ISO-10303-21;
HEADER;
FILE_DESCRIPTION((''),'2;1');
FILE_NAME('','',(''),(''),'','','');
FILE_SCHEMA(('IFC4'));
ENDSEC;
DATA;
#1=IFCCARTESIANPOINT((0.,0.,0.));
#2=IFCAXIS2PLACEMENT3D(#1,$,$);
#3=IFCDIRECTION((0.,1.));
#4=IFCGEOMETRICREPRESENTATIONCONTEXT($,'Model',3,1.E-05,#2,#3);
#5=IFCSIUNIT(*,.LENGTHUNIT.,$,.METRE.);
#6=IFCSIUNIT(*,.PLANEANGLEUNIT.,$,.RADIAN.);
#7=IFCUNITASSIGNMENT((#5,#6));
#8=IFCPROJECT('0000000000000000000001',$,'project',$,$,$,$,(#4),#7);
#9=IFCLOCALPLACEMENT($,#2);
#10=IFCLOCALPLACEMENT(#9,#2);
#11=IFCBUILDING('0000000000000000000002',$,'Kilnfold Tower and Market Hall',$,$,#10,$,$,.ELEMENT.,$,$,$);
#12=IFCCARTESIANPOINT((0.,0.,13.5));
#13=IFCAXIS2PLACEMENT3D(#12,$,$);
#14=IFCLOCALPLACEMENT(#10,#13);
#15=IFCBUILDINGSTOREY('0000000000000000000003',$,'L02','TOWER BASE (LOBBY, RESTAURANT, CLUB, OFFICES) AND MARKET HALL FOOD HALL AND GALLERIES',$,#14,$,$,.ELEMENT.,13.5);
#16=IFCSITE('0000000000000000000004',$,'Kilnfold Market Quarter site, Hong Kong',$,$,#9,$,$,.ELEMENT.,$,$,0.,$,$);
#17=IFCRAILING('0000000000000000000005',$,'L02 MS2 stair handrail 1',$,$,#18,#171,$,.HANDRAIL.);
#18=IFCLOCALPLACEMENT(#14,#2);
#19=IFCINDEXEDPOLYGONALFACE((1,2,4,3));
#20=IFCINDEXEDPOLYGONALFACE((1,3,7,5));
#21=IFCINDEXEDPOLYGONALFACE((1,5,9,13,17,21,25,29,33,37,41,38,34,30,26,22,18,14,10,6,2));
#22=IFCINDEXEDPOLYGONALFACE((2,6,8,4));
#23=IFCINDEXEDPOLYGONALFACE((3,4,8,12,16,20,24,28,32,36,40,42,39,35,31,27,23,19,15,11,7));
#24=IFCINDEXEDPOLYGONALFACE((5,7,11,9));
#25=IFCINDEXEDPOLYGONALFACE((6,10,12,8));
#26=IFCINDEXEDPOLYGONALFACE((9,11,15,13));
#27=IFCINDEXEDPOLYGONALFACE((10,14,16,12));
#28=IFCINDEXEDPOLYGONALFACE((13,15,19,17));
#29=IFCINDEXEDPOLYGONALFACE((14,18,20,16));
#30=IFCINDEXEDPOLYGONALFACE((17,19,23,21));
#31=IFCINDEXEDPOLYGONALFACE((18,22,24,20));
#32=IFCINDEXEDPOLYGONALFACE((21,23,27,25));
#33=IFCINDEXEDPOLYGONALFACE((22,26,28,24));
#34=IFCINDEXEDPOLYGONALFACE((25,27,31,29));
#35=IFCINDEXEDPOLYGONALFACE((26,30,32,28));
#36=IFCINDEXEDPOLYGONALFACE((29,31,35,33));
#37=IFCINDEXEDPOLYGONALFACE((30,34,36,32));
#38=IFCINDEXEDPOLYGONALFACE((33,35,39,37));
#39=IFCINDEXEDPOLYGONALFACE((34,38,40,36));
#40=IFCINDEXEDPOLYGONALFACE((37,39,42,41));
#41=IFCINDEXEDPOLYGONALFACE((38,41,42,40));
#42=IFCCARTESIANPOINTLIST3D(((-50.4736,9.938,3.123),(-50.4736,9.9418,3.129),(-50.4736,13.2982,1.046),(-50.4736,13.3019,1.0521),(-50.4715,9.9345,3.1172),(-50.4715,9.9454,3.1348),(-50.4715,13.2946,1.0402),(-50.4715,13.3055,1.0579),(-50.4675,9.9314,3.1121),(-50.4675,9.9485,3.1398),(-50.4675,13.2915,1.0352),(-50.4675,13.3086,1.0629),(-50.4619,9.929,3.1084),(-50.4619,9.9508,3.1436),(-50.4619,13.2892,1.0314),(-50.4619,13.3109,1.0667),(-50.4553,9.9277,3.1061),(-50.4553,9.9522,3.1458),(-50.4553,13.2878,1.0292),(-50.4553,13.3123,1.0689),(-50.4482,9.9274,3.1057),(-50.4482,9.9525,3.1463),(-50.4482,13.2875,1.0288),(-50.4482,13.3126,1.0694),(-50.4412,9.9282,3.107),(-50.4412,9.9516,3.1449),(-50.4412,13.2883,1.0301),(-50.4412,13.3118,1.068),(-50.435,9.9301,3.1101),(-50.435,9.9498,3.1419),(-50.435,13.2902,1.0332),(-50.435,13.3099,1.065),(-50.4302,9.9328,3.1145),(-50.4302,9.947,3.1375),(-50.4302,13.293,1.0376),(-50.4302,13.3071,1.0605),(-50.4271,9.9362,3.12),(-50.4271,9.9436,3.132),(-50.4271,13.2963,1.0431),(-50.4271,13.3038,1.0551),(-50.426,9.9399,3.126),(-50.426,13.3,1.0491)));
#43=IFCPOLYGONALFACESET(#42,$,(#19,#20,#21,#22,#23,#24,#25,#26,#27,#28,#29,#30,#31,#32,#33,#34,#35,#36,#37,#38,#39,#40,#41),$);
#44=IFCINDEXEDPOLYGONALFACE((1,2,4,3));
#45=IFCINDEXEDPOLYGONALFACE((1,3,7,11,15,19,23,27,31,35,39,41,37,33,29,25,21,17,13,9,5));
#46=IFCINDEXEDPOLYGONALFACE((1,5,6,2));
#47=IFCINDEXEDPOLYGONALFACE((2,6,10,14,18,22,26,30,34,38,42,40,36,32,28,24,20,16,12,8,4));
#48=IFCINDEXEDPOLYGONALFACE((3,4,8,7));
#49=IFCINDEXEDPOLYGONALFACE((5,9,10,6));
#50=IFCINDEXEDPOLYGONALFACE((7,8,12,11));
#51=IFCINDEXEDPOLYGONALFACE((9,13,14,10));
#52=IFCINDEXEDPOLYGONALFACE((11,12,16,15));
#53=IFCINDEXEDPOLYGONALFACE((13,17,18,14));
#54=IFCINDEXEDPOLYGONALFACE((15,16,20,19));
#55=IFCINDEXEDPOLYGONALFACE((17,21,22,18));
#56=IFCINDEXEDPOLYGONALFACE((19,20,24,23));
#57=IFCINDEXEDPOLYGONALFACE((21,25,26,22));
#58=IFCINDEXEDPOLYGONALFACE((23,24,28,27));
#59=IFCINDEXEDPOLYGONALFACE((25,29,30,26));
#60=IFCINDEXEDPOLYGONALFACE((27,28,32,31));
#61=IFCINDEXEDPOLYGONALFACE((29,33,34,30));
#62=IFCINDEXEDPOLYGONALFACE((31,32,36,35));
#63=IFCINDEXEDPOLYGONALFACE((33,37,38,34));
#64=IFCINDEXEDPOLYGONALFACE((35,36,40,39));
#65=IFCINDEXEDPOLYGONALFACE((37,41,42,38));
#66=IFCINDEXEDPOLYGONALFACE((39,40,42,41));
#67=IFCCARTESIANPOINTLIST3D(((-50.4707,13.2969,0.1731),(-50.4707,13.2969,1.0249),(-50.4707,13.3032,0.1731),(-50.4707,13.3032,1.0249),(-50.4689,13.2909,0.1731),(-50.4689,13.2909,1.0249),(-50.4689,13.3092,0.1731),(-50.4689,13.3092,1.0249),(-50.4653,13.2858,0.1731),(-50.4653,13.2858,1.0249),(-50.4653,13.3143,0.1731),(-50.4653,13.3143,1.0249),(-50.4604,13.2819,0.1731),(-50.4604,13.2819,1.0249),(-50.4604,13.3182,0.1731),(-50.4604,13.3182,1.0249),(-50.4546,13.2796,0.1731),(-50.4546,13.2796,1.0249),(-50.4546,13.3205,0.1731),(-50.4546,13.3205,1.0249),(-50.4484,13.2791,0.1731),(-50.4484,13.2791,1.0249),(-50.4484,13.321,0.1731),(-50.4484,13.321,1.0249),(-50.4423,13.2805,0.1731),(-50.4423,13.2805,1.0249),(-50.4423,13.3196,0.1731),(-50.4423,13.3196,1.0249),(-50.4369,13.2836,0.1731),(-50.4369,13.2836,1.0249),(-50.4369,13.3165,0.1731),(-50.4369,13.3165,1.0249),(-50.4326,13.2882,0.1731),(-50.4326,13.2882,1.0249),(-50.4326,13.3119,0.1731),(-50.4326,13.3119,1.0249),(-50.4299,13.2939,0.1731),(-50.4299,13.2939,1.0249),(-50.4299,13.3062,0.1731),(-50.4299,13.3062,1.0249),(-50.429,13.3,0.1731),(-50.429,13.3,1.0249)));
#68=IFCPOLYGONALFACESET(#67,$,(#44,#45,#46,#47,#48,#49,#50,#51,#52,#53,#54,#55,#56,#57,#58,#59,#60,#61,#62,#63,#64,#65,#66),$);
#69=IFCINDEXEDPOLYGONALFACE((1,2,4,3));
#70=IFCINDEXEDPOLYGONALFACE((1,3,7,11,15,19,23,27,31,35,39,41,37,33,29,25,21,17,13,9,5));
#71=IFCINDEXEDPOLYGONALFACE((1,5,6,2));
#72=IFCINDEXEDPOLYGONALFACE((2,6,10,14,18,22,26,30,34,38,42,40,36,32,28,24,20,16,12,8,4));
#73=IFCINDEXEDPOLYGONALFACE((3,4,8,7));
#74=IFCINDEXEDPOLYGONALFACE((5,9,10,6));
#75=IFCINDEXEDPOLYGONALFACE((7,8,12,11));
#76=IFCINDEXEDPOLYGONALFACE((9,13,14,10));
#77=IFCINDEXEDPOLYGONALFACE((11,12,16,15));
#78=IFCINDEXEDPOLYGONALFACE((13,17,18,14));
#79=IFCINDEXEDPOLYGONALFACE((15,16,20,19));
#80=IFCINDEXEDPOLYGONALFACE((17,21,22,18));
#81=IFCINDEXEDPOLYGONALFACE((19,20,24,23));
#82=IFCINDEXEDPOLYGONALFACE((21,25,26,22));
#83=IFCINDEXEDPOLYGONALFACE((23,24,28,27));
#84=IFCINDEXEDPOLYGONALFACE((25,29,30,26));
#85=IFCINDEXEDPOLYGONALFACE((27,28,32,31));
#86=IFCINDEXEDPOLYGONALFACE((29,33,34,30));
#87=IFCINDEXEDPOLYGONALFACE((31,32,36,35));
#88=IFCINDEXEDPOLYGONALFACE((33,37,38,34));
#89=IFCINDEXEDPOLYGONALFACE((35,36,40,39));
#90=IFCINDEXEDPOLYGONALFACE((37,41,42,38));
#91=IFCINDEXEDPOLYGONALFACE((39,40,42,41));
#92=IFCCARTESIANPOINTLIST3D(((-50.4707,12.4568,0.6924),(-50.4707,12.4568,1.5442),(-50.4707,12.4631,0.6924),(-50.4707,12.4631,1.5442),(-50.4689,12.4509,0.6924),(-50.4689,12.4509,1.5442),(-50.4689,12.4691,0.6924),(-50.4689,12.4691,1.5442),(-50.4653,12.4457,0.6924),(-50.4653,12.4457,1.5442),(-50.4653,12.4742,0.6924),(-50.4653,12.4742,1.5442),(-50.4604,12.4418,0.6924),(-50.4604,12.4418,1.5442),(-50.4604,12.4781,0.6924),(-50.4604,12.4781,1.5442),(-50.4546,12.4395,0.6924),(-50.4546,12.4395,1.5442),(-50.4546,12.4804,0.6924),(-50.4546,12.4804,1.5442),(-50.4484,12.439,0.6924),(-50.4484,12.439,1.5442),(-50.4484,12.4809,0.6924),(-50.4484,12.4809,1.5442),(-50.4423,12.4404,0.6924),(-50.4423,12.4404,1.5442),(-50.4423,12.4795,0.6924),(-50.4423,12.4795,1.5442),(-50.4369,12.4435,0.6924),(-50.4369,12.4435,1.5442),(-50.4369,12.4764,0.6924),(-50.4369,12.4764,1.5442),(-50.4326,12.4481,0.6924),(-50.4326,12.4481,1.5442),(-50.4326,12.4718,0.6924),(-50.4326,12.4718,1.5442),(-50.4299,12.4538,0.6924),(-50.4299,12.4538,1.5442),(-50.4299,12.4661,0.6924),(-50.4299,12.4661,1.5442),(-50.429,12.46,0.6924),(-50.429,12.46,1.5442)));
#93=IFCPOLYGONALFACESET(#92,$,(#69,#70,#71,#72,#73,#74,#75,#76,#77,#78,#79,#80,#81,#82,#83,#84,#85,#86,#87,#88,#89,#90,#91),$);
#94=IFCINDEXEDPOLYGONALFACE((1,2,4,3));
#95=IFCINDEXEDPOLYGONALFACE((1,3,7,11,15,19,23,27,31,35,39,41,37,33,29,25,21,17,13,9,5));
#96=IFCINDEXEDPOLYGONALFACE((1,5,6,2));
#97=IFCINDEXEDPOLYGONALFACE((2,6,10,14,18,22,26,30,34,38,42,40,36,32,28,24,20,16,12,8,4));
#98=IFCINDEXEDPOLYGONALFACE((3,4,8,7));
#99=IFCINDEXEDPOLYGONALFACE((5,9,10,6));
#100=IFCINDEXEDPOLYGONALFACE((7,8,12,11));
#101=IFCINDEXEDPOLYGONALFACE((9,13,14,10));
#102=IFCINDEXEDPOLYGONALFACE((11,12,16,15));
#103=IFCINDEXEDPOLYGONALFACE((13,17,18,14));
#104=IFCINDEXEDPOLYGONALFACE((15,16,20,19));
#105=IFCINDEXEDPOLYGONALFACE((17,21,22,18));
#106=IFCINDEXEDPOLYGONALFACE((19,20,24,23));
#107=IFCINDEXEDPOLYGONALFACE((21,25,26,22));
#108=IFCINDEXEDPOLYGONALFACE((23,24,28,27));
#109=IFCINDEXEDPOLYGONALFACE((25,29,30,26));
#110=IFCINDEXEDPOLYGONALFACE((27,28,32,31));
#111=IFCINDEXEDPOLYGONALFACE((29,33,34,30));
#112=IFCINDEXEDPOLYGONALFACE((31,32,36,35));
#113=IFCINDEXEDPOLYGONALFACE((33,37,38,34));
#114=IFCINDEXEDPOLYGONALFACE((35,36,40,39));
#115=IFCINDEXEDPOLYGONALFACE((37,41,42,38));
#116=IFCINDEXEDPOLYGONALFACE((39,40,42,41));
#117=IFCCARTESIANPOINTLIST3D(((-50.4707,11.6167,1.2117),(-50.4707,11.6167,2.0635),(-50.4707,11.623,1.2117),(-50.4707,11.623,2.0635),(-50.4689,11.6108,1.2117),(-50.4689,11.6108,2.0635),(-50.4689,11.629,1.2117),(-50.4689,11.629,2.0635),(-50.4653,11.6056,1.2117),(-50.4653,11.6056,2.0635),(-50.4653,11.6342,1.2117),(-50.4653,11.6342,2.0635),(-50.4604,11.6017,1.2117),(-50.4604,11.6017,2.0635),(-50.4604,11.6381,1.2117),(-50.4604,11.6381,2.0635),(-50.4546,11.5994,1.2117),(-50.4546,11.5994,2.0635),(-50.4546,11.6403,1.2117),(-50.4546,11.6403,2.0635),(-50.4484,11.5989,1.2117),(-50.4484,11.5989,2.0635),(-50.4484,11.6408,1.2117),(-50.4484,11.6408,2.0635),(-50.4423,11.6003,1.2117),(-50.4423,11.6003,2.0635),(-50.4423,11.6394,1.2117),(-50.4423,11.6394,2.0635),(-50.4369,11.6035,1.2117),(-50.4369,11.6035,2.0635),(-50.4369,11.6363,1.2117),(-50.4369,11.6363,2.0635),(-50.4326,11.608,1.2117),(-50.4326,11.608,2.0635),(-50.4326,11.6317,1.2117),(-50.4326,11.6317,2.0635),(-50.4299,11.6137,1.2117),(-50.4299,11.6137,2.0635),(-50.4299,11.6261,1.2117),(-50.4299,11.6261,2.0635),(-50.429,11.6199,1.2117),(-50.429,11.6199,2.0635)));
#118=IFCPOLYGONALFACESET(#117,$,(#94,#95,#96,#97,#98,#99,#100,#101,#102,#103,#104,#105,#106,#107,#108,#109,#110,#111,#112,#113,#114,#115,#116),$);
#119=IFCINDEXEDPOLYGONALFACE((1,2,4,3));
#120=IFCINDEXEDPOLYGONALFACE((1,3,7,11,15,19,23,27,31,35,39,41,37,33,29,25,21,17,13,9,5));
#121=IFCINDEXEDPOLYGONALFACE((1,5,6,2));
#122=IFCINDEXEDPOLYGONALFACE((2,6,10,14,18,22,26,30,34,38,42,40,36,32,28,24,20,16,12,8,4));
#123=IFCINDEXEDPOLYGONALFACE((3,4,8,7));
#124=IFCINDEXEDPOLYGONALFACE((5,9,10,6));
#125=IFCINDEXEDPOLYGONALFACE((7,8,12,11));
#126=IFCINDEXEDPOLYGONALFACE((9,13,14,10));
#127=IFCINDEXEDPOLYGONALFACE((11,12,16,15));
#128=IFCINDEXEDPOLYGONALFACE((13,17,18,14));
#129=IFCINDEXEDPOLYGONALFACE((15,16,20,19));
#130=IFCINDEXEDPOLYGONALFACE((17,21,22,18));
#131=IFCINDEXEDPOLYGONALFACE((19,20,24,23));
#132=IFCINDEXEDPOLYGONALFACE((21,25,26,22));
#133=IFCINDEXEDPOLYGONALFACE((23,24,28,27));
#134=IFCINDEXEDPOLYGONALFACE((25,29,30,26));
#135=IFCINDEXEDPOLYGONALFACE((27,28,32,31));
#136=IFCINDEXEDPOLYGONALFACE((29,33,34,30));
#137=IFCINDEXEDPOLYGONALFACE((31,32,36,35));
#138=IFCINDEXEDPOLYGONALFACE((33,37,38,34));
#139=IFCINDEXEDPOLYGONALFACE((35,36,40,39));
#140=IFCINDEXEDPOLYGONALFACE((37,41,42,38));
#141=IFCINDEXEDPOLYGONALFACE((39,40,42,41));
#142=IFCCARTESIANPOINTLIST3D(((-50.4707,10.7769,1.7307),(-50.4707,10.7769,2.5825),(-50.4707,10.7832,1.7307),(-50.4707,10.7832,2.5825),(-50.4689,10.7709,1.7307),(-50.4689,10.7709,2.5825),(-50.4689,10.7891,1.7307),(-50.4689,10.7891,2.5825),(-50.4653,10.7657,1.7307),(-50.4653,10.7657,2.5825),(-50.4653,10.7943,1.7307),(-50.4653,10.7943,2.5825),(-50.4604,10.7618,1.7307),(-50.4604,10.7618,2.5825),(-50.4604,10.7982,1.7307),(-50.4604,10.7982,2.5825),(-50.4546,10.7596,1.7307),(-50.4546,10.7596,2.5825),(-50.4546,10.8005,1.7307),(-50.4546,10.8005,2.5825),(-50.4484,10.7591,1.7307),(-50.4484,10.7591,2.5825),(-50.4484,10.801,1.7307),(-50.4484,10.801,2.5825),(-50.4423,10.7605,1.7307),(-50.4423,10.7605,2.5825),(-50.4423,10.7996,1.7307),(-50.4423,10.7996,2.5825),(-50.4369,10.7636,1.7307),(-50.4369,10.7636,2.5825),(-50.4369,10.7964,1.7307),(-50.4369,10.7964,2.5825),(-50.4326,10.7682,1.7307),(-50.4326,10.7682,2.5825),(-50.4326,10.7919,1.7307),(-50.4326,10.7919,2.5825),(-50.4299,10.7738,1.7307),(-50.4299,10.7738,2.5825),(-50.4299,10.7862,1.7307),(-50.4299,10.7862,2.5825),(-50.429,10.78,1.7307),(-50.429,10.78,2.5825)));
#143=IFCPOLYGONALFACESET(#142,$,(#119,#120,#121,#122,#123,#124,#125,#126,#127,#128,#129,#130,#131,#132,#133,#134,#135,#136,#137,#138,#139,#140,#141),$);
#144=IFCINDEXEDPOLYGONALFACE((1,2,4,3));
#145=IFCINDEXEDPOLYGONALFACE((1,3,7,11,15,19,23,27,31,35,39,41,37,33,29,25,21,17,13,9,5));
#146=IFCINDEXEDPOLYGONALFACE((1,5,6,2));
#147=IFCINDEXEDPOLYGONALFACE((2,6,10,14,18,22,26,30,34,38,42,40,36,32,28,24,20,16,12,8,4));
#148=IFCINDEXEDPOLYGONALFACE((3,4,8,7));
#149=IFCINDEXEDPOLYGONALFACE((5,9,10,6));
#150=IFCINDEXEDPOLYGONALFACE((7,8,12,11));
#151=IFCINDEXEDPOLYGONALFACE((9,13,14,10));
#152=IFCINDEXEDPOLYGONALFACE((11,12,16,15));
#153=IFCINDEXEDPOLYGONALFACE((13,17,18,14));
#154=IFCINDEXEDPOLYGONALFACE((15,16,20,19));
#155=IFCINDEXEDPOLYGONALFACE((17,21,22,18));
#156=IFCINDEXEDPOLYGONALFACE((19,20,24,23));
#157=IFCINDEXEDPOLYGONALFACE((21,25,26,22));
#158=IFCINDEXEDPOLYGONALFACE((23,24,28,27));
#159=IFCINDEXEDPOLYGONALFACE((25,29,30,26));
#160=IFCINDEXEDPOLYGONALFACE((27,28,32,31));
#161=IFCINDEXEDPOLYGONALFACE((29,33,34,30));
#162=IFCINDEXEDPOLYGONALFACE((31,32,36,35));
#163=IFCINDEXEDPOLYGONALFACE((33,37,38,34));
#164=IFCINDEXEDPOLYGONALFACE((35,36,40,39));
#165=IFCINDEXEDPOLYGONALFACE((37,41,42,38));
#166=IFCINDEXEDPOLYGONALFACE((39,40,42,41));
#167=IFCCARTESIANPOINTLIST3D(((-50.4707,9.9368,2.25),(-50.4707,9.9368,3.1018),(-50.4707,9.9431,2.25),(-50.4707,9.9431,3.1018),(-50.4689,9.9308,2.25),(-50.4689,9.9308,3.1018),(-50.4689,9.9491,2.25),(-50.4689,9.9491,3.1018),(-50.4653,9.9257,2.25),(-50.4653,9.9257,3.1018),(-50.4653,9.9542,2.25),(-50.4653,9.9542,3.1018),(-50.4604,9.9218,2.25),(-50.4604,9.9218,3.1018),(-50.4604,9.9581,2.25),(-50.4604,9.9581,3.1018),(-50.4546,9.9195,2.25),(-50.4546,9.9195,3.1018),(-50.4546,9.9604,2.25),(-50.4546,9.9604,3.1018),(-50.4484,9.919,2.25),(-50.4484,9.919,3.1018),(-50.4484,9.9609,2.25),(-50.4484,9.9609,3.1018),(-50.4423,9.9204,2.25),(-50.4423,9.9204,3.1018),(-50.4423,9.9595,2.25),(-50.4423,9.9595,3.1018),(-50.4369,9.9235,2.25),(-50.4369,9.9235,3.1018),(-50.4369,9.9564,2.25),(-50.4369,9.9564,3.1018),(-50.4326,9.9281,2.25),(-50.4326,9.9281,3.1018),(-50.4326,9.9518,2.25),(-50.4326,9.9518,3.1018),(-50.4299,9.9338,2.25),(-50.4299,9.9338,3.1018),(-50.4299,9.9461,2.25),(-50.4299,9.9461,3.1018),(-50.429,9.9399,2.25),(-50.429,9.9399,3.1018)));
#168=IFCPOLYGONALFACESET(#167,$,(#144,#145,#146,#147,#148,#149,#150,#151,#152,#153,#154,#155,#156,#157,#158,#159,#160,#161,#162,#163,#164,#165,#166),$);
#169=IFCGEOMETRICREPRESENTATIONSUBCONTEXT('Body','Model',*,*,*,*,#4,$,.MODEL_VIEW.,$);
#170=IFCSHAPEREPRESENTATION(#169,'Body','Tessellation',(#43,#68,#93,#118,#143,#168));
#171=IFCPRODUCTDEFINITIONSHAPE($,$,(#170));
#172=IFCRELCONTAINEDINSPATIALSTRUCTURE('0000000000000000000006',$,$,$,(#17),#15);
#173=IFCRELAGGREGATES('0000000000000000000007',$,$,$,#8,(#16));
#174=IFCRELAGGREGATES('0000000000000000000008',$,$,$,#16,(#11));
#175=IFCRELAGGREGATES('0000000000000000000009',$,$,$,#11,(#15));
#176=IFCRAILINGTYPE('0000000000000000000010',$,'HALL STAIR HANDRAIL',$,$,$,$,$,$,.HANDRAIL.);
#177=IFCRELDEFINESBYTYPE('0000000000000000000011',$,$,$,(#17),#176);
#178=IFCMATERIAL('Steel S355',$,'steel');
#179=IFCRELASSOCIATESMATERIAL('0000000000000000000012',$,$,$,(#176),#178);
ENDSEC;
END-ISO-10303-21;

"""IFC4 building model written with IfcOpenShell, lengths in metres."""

from ifc_helpers import new_model, si_unit, direction, frame, origin, origin_2d, place, context, subcontext, project, spatial, circle, extrude, material, type_object, element, save


model = new_model("IFC4")

# Units and contexts
model_context = context("Model", 3, precision=1e-05, world=origin(), true_north=direction((0.0, 1.0)))
body_context = subcontext(model_context, "Body", "Model", "MODEL_VIEW")
ifc_project = project(units=[si_unit("LENGTHUNIT", "METRE"), si_unit("PLANEANGLEUNIT", "RADIAN")], contexts=[model_context])

# Site, building, storey
site_placement = place(None, origin())
site = spatial("IfcSite", under=ifc_project, at=site_placement, Name="Kilnfold Market Quarter site, Hong Kong", CompositionType="ELEMENT", RefElevation=0.0)
building_placement = place(site_placement, origin())
building = spatial("IfcBuilding", under=site, at=building_placement, Name="Kilnfold Tower and Market Hall", CompositionType="ELEMENT")
storey_placement = place(building_placement, frame((0.0, 0.0, 13.5)))
storey = spatial("IfcBuildingStorey", under=building, at=storey_placement, Name="L02", Description="TOWER BASE (LOBBY, RESTAURANT, CLUB, OFFICES) AND MARKET HALL FOOD HALL AND GALLERIES", CompositionType="ELEMENT", Elevation=13.5)

# Railing
ifc_material_1 = material(Name="Steel S355", Category="steel")
railing_type_1 = type_object("IfcRailingType", Name="HALL STAIR HANDRAIL", PredefinedType="HANDRAIL", material=ifc_material_1)
railing_1_placement = place(storey_placement, frame((-50.45, 13.3, 0.1731)))
element("IfcRailing", 1, at=railing_1_placement, inside=storey, type_object=railing_type_1, Name="L02 MS2 stair handrail 1", PredefinedType="HANDRAIL", context=body_context, shape_type="SweptSolid", body=[
    extrude(circle(Radius=0.0239, at=origin_2d()), frame((0.0, 0.0, 0.876), z_axis=(0.0, -0.850623, 0.525776), x_axis=(1.0, 0.0, 0.0)), (0.0, 0.0, 1.0), 3.9502),
    extrude(circle(Radius=0.021, at=origin_2d()), origin(), (0.0, 0.0, 1.0), 0.8518),
    extrude(circle(Radius=0.021, at=origin_2d()), frame((0.0, -0.8401, 0.5193)), (0.0, 0.0, 1.0), 0.8518),
    extrude(circle(Radius=0.021, at=origin_2d()), frame((0.0, -1.6802, 1.0386)), (0.0, 0.0, 1.0), 0.8518),
    extrude(circle(Radius=0.021, at=origin_2d()), frame((0.0, -2.52, 1.5576)), (0.0, 0.0, 1.0), 0.8518),
    extrude(circle(Radius=0.021, at=origin_2d()), frame((0.0, -3.3601, 2.0769)), (0.0, 0.0, 1.0), 0.8518),
])

save(model, "model.ifc")
